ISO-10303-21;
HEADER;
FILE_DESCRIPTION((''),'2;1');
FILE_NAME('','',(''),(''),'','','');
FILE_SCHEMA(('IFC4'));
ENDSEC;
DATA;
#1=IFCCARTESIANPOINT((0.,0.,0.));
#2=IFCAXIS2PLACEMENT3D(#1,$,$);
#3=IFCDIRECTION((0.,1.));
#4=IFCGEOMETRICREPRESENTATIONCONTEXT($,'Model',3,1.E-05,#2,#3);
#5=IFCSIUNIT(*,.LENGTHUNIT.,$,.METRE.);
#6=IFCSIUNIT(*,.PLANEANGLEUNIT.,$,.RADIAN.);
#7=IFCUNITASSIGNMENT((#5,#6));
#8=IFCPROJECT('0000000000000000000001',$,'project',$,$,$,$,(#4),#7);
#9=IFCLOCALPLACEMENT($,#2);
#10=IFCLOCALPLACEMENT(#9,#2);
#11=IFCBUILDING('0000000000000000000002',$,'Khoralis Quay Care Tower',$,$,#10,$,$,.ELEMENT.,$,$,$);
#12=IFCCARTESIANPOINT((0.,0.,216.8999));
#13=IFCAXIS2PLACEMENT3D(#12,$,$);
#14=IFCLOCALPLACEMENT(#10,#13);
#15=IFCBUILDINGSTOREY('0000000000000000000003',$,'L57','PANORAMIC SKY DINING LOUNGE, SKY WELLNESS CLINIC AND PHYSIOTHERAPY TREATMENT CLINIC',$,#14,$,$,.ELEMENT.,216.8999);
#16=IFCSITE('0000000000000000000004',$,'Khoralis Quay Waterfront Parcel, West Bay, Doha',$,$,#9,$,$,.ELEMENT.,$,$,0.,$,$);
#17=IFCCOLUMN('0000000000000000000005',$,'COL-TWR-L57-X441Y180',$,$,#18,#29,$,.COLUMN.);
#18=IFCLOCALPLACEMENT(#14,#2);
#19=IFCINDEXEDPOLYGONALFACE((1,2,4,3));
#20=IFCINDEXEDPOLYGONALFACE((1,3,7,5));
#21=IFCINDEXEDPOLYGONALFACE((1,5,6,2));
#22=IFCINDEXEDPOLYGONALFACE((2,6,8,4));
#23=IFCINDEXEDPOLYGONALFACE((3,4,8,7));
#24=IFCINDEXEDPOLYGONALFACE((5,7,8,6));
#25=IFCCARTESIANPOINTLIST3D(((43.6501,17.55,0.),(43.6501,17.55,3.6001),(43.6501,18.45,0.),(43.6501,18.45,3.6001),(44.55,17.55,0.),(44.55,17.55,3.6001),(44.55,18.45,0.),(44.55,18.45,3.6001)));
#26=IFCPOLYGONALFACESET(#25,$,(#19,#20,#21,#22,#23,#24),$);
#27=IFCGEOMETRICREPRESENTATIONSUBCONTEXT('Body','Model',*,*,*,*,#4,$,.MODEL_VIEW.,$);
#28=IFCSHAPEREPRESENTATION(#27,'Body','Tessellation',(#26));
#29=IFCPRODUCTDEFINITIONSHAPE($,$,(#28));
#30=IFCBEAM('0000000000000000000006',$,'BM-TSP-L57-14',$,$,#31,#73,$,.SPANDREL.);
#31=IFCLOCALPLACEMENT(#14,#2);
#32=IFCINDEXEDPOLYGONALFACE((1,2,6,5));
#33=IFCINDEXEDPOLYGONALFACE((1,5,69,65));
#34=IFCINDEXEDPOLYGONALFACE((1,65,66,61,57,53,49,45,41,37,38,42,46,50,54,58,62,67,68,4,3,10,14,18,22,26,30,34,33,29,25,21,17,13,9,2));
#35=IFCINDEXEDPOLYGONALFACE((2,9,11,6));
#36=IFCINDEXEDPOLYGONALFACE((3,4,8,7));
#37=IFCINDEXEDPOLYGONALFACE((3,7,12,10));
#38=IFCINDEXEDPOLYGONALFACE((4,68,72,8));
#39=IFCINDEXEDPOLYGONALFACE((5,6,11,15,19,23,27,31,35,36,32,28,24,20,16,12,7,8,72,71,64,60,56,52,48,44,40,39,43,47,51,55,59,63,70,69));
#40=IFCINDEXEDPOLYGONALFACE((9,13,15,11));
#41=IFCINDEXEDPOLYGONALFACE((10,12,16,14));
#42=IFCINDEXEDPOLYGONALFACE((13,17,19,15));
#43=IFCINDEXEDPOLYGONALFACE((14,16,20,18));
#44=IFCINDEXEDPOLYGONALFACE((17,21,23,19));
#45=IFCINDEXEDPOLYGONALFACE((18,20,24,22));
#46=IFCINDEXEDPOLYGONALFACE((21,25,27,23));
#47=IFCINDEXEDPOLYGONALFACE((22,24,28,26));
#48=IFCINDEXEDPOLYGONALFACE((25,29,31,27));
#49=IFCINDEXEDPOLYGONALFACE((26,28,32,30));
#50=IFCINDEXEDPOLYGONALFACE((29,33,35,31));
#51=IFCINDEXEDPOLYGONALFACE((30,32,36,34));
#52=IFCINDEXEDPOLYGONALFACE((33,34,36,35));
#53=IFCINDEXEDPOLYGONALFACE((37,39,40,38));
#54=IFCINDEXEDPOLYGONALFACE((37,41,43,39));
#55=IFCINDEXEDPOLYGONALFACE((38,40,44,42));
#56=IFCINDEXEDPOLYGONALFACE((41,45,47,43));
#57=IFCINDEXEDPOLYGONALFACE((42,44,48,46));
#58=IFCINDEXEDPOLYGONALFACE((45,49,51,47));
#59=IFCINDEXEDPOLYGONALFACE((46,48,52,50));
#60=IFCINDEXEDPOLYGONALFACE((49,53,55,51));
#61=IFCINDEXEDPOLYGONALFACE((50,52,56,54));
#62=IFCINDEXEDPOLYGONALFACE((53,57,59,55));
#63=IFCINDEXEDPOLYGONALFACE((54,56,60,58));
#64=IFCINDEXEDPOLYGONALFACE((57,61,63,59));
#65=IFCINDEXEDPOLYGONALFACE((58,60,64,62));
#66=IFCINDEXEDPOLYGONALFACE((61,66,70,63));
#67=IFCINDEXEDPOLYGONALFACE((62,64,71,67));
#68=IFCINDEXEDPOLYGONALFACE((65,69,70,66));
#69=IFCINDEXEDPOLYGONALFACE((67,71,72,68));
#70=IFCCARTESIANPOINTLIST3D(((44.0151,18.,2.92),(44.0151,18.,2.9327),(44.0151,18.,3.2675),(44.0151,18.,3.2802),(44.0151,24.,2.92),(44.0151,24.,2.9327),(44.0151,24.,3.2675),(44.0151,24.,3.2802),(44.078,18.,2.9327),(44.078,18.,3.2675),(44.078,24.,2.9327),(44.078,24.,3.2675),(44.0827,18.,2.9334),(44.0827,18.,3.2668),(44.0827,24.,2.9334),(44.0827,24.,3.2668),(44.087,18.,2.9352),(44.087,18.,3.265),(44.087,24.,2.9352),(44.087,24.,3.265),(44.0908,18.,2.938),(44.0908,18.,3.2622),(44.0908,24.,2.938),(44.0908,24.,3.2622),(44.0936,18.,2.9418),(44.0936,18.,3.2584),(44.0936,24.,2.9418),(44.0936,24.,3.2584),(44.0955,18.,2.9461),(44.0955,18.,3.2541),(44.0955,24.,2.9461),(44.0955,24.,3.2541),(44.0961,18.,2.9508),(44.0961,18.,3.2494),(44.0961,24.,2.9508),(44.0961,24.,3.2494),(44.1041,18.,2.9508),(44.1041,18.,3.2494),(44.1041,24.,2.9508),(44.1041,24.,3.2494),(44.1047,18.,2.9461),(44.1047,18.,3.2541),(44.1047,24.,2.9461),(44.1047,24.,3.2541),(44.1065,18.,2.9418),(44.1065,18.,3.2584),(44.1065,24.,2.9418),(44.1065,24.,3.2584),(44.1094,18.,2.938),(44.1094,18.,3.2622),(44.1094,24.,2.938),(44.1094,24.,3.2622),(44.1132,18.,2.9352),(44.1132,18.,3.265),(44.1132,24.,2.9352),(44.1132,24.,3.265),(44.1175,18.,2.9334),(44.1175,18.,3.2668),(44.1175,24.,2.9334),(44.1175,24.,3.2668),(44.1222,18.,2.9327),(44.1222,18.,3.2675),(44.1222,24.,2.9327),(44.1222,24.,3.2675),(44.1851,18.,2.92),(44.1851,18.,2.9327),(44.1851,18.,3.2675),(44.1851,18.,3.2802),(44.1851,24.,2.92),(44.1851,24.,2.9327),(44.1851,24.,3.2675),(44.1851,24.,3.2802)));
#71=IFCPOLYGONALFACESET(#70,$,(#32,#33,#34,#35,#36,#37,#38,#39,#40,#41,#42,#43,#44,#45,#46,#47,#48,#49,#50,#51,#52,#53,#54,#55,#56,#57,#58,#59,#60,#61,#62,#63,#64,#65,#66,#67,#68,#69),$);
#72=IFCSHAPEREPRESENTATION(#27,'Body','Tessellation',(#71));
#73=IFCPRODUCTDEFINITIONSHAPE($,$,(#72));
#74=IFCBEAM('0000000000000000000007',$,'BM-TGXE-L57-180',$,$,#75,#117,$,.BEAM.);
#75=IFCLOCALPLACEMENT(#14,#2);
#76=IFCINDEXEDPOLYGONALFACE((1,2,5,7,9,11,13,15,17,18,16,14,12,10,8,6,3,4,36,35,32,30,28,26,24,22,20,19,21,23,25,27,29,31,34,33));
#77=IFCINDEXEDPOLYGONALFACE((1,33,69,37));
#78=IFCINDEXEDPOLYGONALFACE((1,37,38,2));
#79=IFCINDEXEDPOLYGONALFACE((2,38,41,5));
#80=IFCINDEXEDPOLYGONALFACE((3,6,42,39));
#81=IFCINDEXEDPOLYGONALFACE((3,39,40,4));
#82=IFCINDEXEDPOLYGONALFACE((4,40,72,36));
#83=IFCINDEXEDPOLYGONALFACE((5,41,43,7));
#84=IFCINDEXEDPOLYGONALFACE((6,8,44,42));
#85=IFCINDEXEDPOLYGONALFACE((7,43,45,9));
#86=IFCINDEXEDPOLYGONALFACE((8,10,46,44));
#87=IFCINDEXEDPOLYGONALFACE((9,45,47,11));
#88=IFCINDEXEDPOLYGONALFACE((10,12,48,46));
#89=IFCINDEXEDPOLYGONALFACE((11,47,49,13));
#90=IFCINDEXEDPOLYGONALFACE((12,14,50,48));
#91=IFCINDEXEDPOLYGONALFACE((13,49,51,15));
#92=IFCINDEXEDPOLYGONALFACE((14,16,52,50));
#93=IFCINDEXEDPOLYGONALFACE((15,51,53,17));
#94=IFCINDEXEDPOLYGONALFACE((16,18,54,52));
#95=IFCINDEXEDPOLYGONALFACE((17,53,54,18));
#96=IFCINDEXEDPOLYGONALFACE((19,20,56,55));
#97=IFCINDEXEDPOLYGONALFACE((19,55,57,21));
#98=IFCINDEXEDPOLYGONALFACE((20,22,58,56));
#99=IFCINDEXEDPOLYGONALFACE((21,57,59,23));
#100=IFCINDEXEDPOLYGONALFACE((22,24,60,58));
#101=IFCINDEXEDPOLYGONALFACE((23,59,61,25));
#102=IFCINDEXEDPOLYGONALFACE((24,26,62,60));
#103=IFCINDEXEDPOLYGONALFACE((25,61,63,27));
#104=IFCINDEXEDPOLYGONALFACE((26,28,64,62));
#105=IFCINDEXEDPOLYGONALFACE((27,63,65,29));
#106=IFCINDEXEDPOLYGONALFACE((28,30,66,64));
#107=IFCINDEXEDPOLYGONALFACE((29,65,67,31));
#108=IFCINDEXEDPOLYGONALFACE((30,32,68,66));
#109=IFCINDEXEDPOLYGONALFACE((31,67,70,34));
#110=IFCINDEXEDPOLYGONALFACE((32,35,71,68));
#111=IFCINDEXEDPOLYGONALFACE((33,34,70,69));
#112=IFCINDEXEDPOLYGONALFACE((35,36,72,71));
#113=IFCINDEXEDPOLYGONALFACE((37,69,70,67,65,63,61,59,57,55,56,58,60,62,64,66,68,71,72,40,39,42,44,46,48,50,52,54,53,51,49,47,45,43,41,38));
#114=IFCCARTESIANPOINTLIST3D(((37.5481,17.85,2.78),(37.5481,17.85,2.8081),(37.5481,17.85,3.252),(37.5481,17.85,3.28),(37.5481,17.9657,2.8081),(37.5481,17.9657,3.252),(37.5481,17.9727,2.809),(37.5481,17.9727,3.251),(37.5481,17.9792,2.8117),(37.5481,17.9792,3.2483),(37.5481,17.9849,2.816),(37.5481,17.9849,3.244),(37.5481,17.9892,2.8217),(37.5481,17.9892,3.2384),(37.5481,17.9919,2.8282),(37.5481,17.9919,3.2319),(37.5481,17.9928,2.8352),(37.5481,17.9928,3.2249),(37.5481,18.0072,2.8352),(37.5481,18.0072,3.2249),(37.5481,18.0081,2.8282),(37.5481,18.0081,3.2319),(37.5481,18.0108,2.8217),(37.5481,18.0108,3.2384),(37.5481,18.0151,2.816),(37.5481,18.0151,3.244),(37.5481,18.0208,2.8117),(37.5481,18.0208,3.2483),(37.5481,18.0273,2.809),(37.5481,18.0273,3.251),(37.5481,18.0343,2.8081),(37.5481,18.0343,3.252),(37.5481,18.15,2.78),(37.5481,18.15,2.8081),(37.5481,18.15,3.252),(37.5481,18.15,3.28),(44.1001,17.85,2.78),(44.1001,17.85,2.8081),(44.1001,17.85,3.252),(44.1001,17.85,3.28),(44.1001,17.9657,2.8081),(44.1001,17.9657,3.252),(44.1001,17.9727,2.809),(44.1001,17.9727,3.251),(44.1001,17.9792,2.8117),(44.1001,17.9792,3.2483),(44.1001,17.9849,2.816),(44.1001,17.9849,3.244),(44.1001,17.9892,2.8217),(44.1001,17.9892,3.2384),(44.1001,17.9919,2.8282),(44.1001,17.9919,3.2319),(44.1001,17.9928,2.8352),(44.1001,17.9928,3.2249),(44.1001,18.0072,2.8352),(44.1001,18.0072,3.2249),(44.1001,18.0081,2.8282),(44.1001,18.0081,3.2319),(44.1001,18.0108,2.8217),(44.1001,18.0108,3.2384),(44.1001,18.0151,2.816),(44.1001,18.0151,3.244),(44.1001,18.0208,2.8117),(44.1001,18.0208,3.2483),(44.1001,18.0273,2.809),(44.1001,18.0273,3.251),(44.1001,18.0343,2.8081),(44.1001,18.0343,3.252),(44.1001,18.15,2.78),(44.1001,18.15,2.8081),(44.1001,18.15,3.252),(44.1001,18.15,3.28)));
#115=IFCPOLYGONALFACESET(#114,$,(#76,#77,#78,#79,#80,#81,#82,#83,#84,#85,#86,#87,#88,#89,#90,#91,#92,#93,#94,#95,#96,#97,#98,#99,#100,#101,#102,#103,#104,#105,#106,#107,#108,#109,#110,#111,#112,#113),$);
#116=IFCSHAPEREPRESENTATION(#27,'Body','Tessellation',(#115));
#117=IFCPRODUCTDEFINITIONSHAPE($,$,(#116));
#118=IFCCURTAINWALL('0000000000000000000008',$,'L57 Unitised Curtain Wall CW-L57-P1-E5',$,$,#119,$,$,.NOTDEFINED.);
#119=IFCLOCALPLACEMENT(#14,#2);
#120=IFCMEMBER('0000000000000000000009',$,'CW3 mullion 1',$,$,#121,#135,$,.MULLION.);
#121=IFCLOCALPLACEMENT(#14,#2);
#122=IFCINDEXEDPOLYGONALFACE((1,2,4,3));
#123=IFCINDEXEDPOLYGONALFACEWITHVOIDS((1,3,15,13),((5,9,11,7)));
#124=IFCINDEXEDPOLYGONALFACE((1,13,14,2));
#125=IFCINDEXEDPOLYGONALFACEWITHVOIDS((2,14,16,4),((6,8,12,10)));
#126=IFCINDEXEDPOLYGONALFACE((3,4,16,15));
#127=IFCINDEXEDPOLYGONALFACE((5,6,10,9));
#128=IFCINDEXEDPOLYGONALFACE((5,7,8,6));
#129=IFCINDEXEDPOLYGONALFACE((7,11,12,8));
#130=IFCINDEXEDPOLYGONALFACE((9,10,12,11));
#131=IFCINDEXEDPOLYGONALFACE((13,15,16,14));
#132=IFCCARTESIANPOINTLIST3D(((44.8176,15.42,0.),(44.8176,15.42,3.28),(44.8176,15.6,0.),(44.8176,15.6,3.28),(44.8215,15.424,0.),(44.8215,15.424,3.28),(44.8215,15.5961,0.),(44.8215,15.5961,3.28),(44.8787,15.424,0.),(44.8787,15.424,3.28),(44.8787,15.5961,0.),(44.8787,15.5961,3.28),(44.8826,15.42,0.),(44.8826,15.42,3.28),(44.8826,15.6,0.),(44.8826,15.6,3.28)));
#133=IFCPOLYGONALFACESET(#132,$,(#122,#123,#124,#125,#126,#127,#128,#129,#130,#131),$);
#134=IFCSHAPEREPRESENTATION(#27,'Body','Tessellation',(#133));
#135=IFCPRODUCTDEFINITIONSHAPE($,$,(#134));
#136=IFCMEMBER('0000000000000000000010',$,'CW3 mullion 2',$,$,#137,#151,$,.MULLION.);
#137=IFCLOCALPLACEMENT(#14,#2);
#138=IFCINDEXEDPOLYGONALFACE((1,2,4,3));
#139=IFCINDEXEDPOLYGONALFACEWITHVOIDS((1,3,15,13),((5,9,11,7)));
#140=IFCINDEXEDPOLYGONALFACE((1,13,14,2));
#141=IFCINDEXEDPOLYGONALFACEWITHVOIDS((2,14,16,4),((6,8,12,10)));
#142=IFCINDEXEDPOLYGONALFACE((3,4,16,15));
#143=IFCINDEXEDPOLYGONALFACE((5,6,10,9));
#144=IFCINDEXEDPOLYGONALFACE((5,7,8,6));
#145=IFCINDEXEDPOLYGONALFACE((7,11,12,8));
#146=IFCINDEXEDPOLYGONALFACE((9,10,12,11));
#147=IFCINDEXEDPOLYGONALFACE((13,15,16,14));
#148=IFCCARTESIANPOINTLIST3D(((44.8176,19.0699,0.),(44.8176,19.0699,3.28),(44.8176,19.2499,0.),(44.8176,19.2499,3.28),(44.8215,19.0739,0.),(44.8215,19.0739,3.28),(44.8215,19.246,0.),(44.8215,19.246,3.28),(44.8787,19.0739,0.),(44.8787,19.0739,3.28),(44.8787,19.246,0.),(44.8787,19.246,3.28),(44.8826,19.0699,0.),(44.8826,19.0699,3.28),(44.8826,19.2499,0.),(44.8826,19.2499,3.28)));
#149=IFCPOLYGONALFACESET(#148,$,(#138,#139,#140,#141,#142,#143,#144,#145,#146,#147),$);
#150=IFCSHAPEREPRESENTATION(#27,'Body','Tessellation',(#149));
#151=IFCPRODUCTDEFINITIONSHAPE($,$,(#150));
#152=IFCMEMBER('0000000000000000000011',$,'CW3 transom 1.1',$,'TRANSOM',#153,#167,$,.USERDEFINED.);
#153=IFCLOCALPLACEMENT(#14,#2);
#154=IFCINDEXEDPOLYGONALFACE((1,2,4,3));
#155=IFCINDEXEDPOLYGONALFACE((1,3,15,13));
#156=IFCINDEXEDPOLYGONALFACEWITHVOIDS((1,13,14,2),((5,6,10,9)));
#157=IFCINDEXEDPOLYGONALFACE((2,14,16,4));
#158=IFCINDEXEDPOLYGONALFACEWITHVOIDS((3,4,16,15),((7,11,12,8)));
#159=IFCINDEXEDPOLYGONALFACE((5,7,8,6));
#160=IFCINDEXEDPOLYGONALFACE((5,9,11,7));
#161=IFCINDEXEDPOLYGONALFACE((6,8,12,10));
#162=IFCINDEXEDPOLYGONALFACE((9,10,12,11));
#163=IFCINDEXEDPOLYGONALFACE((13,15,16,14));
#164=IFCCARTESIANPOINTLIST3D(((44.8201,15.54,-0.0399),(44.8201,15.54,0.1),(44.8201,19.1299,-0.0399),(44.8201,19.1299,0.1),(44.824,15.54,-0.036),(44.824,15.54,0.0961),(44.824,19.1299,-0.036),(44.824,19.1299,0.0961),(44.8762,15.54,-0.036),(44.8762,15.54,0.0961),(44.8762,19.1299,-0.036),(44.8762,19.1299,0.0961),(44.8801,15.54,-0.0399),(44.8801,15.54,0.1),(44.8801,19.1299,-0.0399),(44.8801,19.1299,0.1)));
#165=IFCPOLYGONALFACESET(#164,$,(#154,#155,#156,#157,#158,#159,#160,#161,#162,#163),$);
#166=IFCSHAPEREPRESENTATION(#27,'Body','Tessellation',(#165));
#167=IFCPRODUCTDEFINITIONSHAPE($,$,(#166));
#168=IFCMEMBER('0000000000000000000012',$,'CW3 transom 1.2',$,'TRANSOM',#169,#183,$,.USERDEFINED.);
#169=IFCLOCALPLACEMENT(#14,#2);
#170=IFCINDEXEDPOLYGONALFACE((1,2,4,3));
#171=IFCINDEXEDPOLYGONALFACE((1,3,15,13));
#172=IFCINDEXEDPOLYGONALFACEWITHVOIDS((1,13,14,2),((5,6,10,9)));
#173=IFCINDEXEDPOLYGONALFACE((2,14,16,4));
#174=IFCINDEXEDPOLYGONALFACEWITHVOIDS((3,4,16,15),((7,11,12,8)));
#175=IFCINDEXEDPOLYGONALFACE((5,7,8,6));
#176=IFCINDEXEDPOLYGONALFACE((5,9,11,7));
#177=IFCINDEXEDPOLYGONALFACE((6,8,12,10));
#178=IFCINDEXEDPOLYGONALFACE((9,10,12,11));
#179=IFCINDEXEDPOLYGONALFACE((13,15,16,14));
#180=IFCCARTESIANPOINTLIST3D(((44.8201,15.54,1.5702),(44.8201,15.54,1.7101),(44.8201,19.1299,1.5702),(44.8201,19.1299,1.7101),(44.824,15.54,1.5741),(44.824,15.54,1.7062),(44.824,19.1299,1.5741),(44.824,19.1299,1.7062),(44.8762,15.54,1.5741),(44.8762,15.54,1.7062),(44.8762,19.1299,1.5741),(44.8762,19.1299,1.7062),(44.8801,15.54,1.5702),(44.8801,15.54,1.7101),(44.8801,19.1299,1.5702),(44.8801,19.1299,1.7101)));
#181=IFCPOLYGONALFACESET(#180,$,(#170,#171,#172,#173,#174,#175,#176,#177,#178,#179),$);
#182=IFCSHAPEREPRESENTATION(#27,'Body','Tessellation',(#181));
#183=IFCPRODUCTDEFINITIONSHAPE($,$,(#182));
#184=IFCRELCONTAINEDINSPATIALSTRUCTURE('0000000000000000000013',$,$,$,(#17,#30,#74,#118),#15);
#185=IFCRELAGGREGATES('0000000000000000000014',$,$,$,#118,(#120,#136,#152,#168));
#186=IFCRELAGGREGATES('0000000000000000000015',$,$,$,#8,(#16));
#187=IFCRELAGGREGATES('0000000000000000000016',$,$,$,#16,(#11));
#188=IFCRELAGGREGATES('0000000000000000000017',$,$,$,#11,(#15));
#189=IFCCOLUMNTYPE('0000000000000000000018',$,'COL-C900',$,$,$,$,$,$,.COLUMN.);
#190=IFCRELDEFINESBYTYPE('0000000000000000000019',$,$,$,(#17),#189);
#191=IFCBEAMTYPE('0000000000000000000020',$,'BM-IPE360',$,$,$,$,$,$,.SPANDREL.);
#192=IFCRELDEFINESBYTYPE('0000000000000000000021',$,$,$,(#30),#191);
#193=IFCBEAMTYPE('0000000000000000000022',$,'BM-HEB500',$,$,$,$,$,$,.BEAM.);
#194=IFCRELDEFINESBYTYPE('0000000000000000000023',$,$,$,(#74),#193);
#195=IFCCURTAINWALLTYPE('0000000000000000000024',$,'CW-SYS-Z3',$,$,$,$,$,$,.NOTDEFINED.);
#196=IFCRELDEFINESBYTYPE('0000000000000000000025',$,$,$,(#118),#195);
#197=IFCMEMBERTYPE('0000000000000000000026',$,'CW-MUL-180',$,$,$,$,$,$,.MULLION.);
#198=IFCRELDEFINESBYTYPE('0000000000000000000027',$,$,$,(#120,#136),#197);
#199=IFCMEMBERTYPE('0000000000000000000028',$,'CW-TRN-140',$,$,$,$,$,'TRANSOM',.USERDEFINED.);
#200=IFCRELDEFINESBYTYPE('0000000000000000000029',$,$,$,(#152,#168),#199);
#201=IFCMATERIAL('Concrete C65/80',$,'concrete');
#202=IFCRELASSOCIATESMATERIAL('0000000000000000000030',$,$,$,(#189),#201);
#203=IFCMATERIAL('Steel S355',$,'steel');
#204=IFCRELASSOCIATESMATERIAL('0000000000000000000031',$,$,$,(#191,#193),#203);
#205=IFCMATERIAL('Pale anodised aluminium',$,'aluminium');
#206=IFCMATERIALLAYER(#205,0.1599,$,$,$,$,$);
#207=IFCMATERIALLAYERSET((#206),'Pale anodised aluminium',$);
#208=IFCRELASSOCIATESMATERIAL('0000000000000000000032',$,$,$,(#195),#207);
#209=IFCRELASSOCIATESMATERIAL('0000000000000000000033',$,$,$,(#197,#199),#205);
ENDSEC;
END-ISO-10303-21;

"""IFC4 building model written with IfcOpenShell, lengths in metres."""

from ifc_helpers import new_model, si_unit, direction, frame, origin, origin_2d, place, context, subcontext, project, spatial, rectangle, hollow_rectangle, i_section, extrude, source, transform, mapped, material, layer, layer_set, material_profile, profile_set, type_object, element, aggregate, save


model = new_model("IFC4")

# Units and contexts
model_context = context("Model", 3, precision=1e-05, world=origin(), true_north=direction((0.0, 1.0)))
body_context = subcontext(model_context, "Body", "Model", "MODEL_VIEW")
ifc_project = project(units=[si_unit("LENGTHUNIT", "METRE"), si_unit("PLANEANGLEUNIT", "RADIAN")], contexts=[model_context])

# Site, building, storey
site_placement = place(None, origin())
site = spatial("IfcSite", under=ifc_project, at=site_placement, Name="Khoralis Quay Waterfront Parcel, West Bay, Doha", CompositionType="ELEMENT", RefElevation=0.0)
building_placement = place(site_placement, origin())
building = spatial("IfcBuilding", under=site, at=building_placement, Name="Khoralis Quay Care Tower", CompositionType="ELEMENT")
storey_placement = place(building_placement, frame((0.0, 0.0, 216.8999)))
storey = spatial("IfcBuildingStorey", under=building, at=storey_placement, Name="L57", Description="PANORAMIC SKY DINING LOUNGE, SKY WELLNESS CLINIC AND PHYSIOTHERAPY TREATMENT CLINIC", CompositionType="ELEMENT", Elevation=216.8999)

# Column
ifc_material_1 = material(Name="Concrete C65/80", Category="concrete")
ifc_material_profile_1 = material_profile(ifc_material_1, rectangle(XDim=0.8999, YDim=0.8999, at=origin_2d()), Name="Concrete C65/80")
ifc_profile_set_1 = profile_set([ifc_material_profile_1], Name="Concrete C65/80")
column_type = type_object("IfcColumnType", Name="COL-C900", PredefinedType="COLUMN", material=ifc_profile_set_1)
shared_shape_1 = source(origin(), body_context, "Body", "SweptSolid", [
    extrude(rectangle(XDim=0.8999, YDim=0.8999, at=origin_2d()), origin(), (0.0, 0.0, 1.0), 3.6001),
])
column_placement = place(storey_placement, frame((44.1001, 18.0, 0.0), z_axis=(0.0, 0.0, 1.0), x_axis=(1.0, 0.0, 0.0)))
element("IfcColumn", 1, at=column_placement, inside=storey, type_object=column_type, Name="COL-TWR-L57-X441Y180", PredefinedType="COLUMN", context=body_context, shape_type="MappedRepresentation", body=[
    mapped(shared_shape_1, transform((0.0, 0.0, 0.0), scale=1.0)),
])

# Beams
ifc_material_2 = material(Name="Steel S355", Category="steel")
ifc_material_profile_2 = material_profile(ifc_material_2, i_section(OverallWidth=0.1699, OverallDepth=0.3601, WebThickness=0.0081, FlangeThickness=0.0127, FilletRadius=0.0181, at=origin_2d()), Name="Steel S355")
ifc_profile_set_2 = profile_set([ifc_material_profile_2], Name="Steel S355")
beam_type_1 = type_object("IfcBeamType", Name="BM-IPE360", PredefinedType="SPANDREL", material=ifc_profile_set_2)
shared_shape_2 = source(origin(), body_context, "Body", "SweptSolid", [
    extrude(i_section(OverallWidth=0.1699, OverallDepth=0.3601, WebThickness=0.0081, FlangeThickness=0.0127, FilletRadius=0.0181, at=origin_2d()), origin(), (0.0, 0.0, 1.0), 6.0),
])
beam_1_placement = place(storey_placement, frame((44.1001, 18.0, 3.1001), z_axis=(0.0, 1.0, 0.0), x_axis=(-1.0, 0.0, 0.0)))
element("IfcBeam", 2, at=beam_1_placement, inside=storey, type_object=beam_type_1, Name="BM-TSP-L57-14", PredefinedType="SPANDREL", context=body_context, shape_type="MappedRepresentation", body=[
    mapped(shared_shape_2, transform((0.0, 0.0, 0.0), scale=1.0)),
])
ifc_material_profile_3 = material_profile(ifc_material_2, i_section(OverallWidth=0.3, OverallDepth=0.5, WebThickness=0.0144, FlangeThickness=0.0281, FilletRadius=0.0271, at=origin_2d()), Name="Steel S355")
ifc_profile_set_3 = profile_set([ifc_material_profile_3], Name="Steel S355")
beam_type_2 = type_object("IfcBeamType", Name="BM-HEB500", PredefinedType="BEAM", material=ifc_profile_set_3)
shared_shape_3 = source(origin(), body_context, "Body", "SweptSolid", [
    extrude(i_section(OverallWidth=0.3, OverallDepth=0.5, WebThickness=0.0144, FlangeThickness=0.0281, FilletRadius=0.0271, at=origin_2d()), origin(), (0.0, 0.0, 1.0), 6.552),
])
beam_2_placement = place(storey_placement, frame((37.5481, 18.0, 3.03), z_axis=(1.0, 0.0, 0.0), x_axis=(0.0, 1.0, 0.0)))
element("IfcBeam", 3, at=beam_2_placement, inside=storey, type_object=beam_type_2, Name="BM-TGXE-L57-180", PredefinedType="BEAM", context=body_context, shape_type="MappedRepresentation", body=[
    mapped(shared_shape_3, transform((0.0, 0.0, 0.0), scale=1.0)),
])

# Curtain wall, members
ifc_material_3 = material(Name="Pale anodised aluminium", Category="aluminium")
ifc_layer_1 = layer(ifc_material_3, 0.1599)
ifc_layer_set_1 = layer_set([ifc_layer_1], Name="Pale anodised aluminium")
curtain_wall_type = type_object("IfcCurtainWallType", Name="CW-SYS-Z3", PredefinedType="NOTDEFINED", material=ifc_layer_set_1)
curtain_wall_placement = place(storey_placement, origin())
curtain_wall = element("IfcCurtainWall", 4, at=curtain_wall_placement, inside=storey, type_object=curtain_wall_type, Name="L57 Unitised Curtain Wall CW-L57-P1-E5", PredefinedType="NOTDEFINED")
ifc_material_profile_4 = material_profile(ifc_material_3, hollow_rectangle(XDim=0.0649, YDim=0.1799, WallThickness=0.0039, at=origin_2d()), Name="Pale anodised aluminium")
ifc_profile_set_4 = profile_set([ifc_material_profile_4], Name="Pale anodised aluminium")
member_type_1 = type_object("IfcMemberType", Name="CW-MUL-180", PredefinedType="MULLION", material=ifc_profile_set_4)
shared_shape_4 = source(origin(), body_context, "Body", "SweptSolid", [
    extrude(hollow_rectangle(XDim=0.0649, YDim=0.1799, WallThickness=0.0039, at=origin_2d()), origin(), (0.0, 0.0, 1.0), 3.28),
])
member_1_placement = place(storey_placement, frame((44.8501, 15.51, 0.0), z_axis=(0.0, 0.0, 1.0), x_axis=(-1.0, 0.0, 0.0)))
member_1 = element("IfcMember", 5, at=member_1_placement, type_object=member_type_1, Name="CW3 mullion 1", PredefinedType="MULLION", context=body_context, shape_type="MappedRepresentation", body=[
    mapped(shared_shape_4, transform((0.0, 0.0, 0.0), scale=1.0)),
])
member_2_placement = place(storey_placement, frame((44.8501, 19.1599, 0.0), z_axis=(0.0, 0.0, 1.0), x_axis=(-1.0, 0.0, 0.0)))
member_2 = element("IfcMember", 6, at=member_2_placement, type_object=member_type_1, Name="CW3 mullion 2", PredefinedType="MULLION", context=body_context, shape_type="MappedRepresentation", body=[
    mapped(shared_shape_4, transform((0.0, 0.0, 0.0), scale=1.0)),
])
ifc_material_profile_5 = material_profile(ifc_material_3, hollow_rectangle(XDim=0.0601, YDim=0.1399, WallThickness=0.0039, at=origin_2d()), Name="Pale anodised aluminium")
ifc_profile_set_5 = profile_set([ifc_material_profile_5], Name="Pale anodised aluminium")
member_type_2 = type_object("IfcMemberType", Name="CW-TRN-140", ElementType="TRANSOM", PredefinedType="USERDEFINED", material=ifc_profile_set_5)
shared_shape_5 = source(origin(), body_context, "Body", "SweptSolid", [
    extrude(hollow_rectangle(XDim=0.0601, YDim=0.1399, WallThickness=0.0039, at=origin_2d()), origin(), (0.0, 0.0, 1.0), 3.5898),
])
member_3_placement = place(storey_placement, frame((44.8501, 15.54, 0.03), z_axis=(0.0, 1.0, 0.0), x_axis=(-1.0, 0.0, 0.0)))
member_3 = element("IfcMember", 7, at=member_3_placement, type_object=member_type_2, Name="CW3 transom 1.1", ObjectType="TRANSOM", PredefinedType="USERDEFINED", context=body_context, shape_type="MappedRepresentation", body=[
    mapped(shared_shape_5, transform((0.0, 0.0, 0.0), scale=1.0)),
])
member_4_placement = place(storey_placement, frame((44.8501, 15.54, 1.6401), z_axis=(0.0, 1.0, 0.0), x_axis=(-1.0, 0.0, 0.0)))
member_4 = element("IfcMember", 8, at=member_4_placement, type_object=member_type_2, Name="CW3 transom 1.2", ObjectType="TRANSOM", PredefinedType="USERDEFINED", context=body_context, shape_type="MappedRepresentation", body=[
    mapped(shared_shape_5, transform((0.0, 0.0, 0.0), scale=1.0)),
])
aggregate(curtain_wall, [member_1, member_2, member_3, member_4])

save(model, "model.ifc")
